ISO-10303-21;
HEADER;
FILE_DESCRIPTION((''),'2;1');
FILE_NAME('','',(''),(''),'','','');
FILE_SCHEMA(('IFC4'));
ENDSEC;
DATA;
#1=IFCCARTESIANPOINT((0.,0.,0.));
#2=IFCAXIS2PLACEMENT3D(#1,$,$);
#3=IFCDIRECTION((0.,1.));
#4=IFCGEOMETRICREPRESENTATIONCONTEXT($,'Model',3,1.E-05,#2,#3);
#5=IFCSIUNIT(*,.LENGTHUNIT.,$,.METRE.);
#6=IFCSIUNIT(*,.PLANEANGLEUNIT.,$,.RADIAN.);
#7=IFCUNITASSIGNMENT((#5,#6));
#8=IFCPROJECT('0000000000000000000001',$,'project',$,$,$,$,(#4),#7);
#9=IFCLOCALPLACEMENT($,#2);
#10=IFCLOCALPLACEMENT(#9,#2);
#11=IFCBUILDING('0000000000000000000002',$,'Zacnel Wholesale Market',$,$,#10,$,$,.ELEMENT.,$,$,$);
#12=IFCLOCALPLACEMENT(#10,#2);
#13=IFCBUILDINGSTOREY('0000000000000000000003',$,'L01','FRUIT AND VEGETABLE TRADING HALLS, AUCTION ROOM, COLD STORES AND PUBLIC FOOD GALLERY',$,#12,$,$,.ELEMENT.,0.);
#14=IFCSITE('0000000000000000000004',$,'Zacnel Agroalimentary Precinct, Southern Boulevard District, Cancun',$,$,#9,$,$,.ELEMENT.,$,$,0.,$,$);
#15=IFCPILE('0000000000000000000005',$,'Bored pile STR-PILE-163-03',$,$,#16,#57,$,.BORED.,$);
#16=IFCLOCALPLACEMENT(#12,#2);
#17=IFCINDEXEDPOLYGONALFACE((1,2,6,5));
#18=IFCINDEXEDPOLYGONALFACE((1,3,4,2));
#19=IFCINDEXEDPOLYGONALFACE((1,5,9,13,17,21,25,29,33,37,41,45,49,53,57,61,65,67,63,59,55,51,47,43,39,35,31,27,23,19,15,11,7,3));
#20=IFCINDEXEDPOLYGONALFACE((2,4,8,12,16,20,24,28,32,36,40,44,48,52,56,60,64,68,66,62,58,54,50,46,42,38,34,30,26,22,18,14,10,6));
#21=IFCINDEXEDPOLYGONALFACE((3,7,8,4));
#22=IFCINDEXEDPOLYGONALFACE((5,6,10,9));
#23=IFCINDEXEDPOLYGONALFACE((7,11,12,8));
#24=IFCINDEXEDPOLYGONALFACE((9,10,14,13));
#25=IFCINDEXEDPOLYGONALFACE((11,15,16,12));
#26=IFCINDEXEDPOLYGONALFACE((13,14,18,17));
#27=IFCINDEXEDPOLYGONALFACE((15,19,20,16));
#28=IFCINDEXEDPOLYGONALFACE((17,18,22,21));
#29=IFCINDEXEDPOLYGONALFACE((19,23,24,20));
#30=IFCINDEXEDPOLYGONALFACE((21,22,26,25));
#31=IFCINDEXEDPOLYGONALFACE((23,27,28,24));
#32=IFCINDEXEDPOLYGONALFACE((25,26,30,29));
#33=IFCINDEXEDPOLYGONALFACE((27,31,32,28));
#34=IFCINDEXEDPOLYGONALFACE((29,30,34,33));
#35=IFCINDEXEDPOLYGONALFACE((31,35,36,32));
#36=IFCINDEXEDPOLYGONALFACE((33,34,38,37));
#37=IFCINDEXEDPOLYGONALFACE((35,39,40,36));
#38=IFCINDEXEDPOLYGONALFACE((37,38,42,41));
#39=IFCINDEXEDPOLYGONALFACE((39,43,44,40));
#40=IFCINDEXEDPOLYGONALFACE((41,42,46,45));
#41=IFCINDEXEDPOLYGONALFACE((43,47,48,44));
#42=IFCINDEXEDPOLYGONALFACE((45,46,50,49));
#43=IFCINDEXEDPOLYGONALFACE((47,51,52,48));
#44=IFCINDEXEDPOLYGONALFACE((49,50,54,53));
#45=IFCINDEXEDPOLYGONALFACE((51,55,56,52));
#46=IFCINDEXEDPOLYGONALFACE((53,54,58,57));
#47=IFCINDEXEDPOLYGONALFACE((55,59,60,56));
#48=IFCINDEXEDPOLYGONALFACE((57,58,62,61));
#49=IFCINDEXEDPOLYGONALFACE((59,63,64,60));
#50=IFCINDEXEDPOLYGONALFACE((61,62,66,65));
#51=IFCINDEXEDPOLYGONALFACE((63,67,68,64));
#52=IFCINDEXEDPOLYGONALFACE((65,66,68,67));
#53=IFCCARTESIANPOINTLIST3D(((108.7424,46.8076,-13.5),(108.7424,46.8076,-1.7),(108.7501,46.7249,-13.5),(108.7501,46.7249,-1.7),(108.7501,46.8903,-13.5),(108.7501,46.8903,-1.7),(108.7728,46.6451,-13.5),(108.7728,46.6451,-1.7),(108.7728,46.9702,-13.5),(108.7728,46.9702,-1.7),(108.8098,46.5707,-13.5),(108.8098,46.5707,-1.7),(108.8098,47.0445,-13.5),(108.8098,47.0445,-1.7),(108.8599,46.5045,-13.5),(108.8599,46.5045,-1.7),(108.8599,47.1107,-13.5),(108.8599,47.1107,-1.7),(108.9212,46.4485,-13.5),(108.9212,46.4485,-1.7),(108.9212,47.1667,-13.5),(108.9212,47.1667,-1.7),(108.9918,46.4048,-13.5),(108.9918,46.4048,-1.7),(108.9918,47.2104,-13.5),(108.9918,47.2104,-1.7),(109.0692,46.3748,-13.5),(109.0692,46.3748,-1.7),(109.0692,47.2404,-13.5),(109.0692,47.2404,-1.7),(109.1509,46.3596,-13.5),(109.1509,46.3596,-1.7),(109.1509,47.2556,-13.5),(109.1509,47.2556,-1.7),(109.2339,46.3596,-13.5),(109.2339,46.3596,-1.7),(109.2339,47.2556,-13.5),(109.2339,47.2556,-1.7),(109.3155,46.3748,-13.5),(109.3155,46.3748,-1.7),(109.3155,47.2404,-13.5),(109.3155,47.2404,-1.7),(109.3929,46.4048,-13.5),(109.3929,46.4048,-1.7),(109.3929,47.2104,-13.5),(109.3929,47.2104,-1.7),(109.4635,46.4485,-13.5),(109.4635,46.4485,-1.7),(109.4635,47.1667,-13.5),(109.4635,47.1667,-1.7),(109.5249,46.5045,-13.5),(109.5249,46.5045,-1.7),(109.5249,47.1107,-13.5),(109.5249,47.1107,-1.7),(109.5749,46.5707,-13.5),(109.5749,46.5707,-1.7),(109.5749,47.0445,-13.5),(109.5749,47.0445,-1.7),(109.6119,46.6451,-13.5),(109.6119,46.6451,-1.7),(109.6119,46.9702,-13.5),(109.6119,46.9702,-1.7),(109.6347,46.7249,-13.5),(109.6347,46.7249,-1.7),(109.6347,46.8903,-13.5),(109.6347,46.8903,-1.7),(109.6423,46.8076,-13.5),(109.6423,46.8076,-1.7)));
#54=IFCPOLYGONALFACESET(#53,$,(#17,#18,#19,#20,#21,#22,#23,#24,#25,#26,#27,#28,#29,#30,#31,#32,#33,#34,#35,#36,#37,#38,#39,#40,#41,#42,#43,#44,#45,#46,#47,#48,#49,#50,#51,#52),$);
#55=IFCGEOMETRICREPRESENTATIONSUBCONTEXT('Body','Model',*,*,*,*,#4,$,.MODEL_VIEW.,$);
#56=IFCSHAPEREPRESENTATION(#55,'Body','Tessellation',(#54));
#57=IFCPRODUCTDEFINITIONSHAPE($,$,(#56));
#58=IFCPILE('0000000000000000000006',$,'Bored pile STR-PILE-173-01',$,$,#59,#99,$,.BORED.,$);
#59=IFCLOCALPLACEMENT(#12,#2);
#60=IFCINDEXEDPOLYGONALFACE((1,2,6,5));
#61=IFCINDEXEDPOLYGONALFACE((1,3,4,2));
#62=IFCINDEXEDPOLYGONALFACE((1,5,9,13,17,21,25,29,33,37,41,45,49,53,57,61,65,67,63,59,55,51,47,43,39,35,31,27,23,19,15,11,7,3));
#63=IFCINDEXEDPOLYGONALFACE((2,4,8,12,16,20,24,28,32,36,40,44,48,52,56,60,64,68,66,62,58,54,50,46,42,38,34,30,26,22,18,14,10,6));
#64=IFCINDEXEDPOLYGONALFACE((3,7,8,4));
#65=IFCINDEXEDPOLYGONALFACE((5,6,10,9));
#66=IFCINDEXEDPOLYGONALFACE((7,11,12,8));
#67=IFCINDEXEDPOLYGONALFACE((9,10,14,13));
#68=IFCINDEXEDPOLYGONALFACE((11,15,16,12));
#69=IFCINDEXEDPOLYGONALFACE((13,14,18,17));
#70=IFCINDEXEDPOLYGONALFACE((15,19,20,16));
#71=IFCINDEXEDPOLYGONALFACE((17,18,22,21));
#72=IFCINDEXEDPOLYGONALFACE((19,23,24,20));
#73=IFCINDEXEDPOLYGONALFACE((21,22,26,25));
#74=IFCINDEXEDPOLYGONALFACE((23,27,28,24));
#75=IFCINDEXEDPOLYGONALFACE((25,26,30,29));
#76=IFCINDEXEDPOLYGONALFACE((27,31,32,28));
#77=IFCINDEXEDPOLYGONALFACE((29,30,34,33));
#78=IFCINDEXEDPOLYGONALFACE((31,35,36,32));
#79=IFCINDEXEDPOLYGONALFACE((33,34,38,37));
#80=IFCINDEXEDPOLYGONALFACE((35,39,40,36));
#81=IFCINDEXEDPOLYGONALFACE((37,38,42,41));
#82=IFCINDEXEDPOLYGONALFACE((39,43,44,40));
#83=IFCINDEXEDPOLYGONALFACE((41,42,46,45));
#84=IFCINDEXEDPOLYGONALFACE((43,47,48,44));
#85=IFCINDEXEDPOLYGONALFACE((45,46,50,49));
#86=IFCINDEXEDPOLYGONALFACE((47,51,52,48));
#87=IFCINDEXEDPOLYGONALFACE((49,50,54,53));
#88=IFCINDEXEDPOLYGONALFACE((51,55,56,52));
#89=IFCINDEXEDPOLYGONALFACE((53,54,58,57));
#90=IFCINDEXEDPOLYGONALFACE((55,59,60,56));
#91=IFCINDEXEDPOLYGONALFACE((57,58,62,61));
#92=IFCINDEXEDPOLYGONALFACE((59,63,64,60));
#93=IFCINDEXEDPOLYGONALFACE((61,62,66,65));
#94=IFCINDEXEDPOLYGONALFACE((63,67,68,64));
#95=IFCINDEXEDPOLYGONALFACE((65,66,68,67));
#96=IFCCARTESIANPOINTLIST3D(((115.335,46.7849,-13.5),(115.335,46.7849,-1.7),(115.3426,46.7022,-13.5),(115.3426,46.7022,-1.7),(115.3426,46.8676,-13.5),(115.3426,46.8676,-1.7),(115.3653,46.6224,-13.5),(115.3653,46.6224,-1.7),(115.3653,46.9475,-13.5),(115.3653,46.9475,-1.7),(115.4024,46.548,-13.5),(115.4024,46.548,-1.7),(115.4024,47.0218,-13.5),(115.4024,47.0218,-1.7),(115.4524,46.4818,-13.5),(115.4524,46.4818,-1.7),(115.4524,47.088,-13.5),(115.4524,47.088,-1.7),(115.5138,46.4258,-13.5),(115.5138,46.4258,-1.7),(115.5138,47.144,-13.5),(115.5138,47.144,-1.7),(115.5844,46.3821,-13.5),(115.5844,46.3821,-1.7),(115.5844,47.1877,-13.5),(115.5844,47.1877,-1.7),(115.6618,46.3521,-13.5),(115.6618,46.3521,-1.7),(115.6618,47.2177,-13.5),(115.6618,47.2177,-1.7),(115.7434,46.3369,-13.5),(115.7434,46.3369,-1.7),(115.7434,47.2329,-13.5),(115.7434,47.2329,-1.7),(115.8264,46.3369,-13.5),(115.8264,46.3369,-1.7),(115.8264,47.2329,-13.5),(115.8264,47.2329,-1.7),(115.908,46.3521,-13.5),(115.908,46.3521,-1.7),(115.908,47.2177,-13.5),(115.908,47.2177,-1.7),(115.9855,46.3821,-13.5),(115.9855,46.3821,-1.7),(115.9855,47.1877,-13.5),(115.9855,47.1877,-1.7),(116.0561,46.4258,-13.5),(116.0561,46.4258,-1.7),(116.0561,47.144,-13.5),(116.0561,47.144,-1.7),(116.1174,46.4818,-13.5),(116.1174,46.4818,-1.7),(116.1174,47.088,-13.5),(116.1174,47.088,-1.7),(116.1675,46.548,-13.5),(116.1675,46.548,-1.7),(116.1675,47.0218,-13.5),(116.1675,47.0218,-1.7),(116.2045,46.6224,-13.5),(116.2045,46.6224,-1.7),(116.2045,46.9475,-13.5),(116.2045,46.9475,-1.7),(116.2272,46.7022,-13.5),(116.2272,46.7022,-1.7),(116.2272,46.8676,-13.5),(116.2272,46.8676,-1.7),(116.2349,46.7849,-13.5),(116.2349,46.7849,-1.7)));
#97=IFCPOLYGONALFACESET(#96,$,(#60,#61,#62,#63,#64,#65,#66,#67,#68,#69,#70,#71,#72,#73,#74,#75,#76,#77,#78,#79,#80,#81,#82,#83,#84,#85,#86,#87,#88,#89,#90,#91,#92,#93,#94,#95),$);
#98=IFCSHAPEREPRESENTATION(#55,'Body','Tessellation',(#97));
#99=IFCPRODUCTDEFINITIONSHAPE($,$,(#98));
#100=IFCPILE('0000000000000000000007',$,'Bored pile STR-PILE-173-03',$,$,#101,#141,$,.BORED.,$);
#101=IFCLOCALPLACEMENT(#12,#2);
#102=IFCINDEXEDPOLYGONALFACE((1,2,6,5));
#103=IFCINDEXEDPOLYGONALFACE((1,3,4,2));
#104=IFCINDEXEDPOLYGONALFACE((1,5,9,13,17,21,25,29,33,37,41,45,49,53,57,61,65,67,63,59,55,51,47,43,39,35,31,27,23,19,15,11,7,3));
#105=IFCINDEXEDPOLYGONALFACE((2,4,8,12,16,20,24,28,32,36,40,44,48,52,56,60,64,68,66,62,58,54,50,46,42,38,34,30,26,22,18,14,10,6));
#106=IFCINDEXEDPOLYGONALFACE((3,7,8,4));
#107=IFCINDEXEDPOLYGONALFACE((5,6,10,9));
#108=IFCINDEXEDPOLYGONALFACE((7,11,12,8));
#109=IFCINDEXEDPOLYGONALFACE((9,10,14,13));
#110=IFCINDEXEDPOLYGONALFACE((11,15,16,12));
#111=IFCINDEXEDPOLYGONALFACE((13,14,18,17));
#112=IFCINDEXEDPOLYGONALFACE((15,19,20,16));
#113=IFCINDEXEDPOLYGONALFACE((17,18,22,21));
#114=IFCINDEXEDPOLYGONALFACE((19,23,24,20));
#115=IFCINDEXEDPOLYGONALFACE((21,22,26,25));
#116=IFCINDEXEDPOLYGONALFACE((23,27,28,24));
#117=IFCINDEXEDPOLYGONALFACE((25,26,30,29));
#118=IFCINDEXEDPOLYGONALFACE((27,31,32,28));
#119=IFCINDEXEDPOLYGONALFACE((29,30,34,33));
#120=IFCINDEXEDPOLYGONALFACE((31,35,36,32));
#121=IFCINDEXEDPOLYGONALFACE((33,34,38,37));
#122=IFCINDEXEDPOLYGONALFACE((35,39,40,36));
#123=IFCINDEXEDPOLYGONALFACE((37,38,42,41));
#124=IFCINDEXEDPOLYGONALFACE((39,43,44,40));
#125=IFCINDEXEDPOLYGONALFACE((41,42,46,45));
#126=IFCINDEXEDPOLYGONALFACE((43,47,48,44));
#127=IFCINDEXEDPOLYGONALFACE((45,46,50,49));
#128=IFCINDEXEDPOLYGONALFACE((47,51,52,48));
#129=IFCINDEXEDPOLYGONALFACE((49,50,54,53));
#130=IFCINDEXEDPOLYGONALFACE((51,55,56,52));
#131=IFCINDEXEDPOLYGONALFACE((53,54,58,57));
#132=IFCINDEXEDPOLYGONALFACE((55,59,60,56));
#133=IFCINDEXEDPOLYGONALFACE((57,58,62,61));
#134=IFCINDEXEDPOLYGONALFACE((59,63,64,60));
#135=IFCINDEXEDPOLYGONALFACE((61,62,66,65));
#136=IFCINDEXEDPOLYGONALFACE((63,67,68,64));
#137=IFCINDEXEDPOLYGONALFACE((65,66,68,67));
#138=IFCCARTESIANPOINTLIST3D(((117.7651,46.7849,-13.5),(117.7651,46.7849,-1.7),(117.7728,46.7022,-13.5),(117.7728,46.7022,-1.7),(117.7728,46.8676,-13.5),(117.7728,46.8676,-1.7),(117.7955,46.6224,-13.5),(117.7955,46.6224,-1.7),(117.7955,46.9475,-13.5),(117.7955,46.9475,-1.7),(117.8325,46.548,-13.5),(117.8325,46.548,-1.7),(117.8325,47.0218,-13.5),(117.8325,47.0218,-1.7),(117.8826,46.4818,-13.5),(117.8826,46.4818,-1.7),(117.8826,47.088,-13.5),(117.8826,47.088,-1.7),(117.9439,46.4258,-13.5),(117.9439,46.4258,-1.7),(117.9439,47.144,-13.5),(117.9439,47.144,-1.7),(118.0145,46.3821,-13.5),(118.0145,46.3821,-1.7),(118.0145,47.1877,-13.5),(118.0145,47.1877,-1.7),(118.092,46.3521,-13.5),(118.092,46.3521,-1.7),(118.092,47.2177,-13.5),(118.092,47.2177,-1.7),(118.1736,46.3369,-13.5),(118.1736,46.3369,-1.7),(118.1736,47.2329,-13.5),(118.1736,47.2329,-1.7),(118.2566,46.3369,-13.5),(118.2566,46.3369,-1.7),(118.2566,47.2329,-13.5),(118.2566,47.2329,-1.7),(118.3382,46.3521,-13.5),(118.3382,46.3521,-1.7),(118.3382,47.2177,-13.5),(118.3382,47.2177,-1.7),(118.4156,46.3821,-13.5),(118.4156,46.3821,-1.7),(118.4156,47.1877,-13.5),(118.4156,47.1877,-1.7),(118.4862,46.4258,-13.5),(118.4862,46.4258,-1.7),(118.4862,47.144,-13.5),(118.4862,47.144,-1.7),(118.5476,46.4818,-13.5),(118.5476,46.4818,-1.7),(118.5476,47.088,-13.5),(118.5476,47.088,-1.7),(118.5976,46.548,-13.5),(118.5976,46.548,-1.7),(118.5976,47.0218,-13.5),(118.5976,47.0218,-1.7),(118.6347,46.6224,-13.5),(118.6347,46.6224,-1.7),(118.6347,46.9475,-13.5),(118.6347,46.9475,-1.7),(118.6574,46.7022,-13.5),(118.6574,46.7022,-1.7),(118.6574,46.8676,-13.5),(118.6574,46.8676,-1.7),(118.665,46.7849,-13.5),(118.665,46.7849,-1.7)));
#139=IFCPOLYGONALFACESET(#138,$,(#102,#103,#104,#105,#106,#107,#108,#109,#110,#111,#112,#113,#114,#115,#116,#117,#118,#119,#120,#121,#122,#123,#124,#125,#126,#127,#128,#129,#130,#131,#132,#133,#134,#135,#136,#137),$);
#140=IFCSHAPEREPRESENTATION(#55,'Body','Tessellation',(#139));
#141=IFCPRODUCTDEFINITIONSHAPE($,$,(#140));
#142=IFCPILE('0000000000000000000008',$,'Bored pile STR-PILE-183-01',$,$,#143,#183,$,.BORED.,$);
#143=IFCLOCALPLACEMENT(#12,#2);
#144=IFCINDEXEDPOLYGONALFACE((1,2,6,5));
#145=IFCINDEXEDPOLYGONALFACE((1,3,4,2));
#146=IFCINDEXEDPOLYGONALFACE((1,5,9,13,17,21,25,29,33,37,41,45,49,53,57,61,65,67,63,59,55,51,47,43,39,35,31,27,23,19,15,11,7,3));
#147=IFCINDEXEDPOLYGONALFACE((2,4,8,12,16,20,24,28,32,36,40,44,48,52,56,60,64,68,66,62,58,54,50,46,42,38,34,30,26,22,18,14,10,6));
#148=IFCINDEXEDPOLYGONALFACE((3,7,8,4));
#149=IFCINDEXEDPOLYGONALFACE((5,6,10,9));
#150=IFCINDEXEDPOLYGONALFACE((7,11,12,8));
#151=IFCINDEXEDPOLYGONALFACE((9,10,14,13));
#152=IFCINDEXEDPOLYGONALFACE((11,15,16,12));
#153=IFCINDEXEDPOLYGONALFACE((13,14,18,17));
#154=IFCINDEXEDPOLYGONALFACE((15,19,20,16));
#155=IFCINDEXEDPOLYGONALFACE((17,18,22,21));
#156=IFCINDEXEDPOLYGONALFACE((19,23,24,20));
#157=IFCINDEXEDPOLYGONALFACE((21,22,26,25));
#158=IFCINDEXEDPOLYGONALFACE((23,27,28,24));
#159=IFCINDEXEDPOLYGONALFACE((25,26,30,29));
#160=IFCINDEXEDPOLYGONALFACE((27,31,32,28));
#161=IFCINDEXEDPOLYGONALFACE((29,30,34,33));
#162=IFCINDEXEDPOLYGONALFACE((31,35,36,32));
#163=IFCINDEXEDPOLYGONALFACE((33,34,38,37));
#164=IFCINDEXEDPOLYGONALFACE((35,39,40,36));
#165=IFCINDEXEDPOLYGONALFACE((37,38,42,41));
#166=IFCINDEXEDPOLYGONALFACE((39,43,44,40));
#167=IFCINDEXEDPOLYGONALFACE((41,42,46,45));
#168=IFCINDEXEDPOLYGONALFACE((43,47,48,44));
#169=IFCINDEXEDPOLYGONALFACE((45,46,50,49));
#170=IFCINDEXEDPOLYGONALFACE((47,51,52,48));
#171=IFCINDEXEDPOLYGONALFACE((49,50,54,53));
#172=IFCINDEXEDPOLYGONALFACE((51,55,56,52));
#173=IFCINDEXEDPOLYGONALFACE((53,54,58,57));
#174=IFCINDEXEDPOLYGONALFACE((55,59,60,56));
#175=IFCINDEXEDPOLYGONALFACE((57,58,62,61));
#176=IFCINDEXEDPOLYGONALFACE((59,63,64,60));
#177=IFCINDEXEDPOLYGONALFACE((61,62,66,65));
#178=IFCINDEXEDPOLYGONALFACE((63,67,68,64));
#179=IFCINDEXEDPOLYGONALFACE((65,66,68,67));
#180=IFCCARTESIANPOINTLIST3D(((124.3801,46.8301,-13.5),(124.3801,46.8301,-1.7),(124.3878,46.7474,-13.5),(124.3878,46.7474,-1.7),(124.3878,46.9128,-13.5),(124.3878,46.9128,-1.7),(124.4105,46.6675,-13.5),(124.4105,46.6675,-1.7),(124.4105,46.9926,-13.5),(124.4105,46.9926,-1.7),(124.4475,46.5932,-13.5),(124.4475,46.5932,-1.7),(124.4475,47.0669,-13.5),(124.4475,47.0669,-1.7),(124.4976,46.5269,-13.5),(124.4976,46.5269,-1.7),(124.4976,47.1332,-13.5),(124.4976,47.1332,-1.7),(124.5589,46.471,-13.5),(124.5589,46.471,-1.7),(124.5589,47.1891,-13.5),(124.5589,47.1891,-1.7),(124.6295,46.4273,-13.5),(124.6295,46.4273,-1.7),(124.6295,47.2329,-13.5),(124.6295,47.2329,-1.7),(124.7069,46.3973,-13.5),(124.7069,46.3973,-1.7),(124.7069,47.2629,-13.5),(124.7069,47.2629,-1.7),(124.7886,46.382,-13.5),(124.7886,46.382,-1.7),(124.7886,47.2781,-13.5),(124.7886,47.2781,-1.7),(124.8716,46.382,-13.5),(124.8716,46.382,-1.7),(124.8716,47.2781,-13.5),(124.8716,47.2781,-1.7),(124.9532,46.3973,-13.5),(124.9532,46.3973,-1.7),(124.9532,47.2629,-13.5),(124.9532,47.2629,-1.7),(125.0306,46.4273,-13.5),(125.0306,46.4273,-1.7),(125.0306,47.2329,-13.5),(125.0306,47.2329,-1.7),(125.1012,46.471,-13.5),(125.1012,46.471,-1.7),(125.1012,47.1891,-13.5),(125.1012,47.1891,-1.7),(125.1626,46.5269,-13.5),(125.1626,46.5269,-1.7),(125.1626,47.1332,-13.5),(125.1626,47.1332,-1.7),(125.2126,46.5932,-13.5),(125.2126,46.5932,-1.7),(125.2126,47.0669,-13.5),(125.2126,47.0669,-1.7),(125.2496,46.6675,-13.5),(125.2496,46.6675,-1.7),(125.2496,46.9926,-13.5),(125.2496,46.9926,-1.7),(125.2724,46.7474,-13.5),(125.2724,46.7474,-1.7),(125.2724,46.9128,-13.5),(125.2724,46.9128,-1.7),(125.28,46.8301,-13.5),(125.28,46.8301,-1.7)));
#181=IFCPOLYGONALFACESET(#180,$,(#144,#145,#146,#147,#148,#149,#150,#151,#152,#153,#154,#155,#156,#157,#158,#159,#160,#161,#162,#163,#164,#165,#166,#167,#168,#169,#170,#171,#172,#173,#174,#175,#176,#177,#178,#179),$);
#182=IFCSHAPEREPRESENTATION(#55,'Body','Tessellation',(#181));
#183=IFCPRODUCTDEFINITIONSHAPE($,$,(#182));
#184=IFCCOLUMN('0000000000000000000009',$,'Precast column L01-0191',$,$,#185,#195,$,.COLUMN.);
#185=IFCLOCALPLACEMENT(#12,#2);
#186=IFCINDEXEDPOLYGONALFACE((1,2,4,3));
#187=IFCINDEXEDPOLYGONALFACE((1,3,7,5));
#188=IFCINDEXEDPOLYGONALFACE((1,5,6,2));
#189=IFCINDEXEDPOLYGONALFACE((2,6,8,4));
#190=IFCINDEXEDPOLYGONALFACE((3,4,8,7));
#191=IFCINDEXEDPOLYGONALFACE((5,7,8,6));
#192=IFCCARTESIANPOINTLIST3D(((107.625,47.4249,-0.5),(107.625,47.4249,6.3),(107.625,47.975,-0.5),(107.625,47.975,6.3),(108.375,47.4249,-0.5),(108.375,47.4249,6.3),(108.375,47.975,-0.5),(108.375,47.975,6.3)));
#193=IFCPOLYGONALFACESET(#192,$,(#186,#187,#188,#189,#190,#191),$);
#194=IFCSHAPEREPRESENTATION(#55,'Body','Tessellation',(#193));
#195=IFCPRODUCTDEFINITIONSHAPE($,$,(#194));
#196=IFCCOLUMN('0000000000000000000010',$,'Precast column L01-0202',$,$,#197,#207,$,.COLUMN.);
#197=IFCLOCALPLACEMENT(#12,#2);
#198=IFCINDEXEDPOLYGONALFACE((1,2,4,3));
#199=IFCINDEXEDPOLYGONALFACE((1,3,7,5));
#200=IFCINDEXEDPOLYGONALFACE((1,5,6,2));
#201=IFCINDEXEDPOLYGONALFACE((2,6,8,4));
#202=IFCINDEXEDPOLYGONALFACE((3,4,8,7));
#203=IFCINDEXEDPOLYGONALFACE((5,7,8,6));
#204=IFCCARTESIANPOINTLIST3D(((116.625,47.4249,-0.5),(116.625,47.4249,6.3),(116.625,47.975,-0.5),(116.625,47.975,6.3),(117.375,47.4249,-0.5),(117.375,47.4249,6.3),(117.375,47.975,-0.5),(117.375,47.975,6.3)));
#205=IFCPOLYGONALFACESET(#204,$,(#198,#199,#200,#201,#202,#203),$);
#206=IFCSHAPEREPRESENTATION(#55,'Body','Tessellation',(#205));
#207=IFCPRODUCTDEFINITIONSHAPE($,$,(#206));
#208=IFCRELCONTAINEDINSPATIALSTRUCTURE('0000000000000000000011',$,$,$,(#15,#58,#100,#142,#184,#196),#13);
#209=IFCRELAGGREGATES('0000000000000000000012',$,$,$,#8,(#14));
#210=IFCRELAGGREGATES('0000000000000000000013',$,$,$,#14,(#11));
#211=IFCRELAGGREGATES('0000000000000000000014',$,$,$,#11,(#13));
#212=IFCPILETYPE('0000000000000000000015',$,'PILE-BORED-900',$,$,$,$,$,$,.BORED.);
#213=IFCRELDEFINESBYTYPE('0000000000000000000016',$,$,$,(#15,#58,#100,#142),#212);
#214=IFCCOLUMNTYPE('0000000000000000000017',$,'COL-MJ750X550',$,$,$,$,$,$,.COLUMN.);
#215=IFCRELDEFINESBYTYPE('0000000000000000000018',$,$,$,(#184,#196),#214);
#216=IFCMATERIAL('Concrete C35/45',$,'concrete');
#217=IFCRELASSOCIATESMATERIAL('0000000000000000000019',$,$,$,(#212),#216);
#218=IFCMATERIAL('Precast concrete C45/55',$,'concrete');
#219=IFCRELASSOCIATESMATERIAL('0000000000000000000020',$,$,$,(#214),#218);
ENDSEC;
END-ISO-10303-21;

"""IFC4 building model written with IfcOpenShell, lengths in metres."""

from ifc_helpers import new_model, si_unit, direction, frame, origin, origin_2d, place, context, subcontext, project, spatial, rectangle, circle, extrude, material, material_profile, profile_set, type_object, element, save


model = new_model("IFC4")

# Units and contexts
model_context = context("Model", 3, precision=1e-05, world=origin(), true_north=direction((0.0, 1.0)))
body_context = subcontext(model_context, "Body", "Model", "MODEL_VIEW")
ifc_project = project(units=[si_unit("LENGTHUNIT", "METRE"), si_unit("PLANEANGLEUNIT", "RADIAN")], contexts=[model_context])

# Site, building, storey
site_placement = place(None, origin())
site = spatial("IfcSite", under=ifc_project, at=site_placement, Name="Zacnel Agroalimentary Precinct, Southern Boulevard District, Cancun", CompositionType="ELEMENT", RefElevation=0.0)
building_placement = place(site_placement, origin())
building = spatial("IfcBuilding", under=site, at=building_placement, Name="Zacnel Wholesale Market", CompositionType="ELEMENT")
storey_placement = place(building_placement, origin())
storey = spatial("IfcBuildingStorey", under=building, at=storey_placement, Name="L01", Description="FRUIT AND VEGETABLE TRADING HALLS, AUCTION ROOM, COLD STORES AND PUBLIC FOOD GALLERY", CompositionType="ELEMENT", Elevation=0.0)

# Piles
ifc_material_1 = material(Name="Concrete C35/45", Category="concrete")
ifc_material_profile_1 = material_profile(ifc_material_1, circle(Radius=0.45, at=origin_2d()), Name="BORED PILE D900")
ifc_profile_set_1 = profile_set([ifc_material_profile_1], Name="Concrete C35/45")
pile_type_1 = type_object("IfcPileType", Name="PILE-BORED-900", PredefinedType="BORED", material=ifc_profile_set_1)
for number, where, z_axis, x_axis, name in (
    (1, (109.1924, 46.8076, -1.7), (0.0, 0.0, -1.0), (1.0, 0.0, 0.0), "Bored pile STR-PILE-163-03"),
    (2, (115.7849, 46.7849, -1.7), (0.0, 0.0, -1.0), (1.0, 0.0, 0.0), "Bored pile STR-PILE-173-01"),
    (3, (118.2151, 46.7849, -1.7), (0.0, 0.0, -1.0), (1.0, 0.0, 0.0), "Bored pile STR-PILE-173-03"),
    (4, (124.8301, 46.8301, -1.7), (0.0, 0.0, -1.0), (1.0, 0.0, 0.0), "Bored pile STR-PILE-183-01"),
):
    element("IfcPile", number, at=place(storey_placement, frame(where, z_axis=z_axis, x_axis=x_axis)), inside=storey, type_object=pile_type_1, Name=name, PredefinedType="BORED", context=body_context, shape_type="SweptSolid", body=[
        extrude(circle(Radius=0.45, at=origin_2d()), origin(), (0.0, 0.0, 1.0), 11.8),
    ])

# Columns
ifc_material_2 = material(Name="Precast concrete C45/55", Category="concrete")
ifc_material_profile_2 = material_profile(ifc_material_2, rectangle(XDim=0.75, YDim=0.55, at=origin_2d()), Name="PC 750x550")
ifc_profile_set_2 = profile_set([ifc_material_profile_2], Name="Precast concrete C45/55")
column_type_1 = type_object("IfcColumnType", Name="COL-MJ750X550", PredefinedType="COLUMN", material=ifc_profile_set_2)
for number, where, z_axis, x_axis, name in (
    (5, (108.0, 47.7, -0.5), (0.0, 0.0, 1.0), (1.0, 0.0, 0.0), "Precast column L01-0191"),
    (6, (117.0, 47.7, -0.5), (0.0, 0.0, 1.0), (1.0, 0.0, 0.0), "Precast column L01-0202"),
):
    element("IfcColumn", number, at=place(storey_placement, frame(where, z_axis=z_axis, x_axis=x_axis)), inside=storey, type_object=column_type_1, Name=name, PredefinedType="COLUMN", context=body_context, shape_type="SweptSolid", body=[
        extrude(rectangle(XDim=0.75, YDim=0.55, at=origin_2d()), origin(), (0.0, 0.0, 1.0), 6.8),
    ])

save(model, "model.ifc")
